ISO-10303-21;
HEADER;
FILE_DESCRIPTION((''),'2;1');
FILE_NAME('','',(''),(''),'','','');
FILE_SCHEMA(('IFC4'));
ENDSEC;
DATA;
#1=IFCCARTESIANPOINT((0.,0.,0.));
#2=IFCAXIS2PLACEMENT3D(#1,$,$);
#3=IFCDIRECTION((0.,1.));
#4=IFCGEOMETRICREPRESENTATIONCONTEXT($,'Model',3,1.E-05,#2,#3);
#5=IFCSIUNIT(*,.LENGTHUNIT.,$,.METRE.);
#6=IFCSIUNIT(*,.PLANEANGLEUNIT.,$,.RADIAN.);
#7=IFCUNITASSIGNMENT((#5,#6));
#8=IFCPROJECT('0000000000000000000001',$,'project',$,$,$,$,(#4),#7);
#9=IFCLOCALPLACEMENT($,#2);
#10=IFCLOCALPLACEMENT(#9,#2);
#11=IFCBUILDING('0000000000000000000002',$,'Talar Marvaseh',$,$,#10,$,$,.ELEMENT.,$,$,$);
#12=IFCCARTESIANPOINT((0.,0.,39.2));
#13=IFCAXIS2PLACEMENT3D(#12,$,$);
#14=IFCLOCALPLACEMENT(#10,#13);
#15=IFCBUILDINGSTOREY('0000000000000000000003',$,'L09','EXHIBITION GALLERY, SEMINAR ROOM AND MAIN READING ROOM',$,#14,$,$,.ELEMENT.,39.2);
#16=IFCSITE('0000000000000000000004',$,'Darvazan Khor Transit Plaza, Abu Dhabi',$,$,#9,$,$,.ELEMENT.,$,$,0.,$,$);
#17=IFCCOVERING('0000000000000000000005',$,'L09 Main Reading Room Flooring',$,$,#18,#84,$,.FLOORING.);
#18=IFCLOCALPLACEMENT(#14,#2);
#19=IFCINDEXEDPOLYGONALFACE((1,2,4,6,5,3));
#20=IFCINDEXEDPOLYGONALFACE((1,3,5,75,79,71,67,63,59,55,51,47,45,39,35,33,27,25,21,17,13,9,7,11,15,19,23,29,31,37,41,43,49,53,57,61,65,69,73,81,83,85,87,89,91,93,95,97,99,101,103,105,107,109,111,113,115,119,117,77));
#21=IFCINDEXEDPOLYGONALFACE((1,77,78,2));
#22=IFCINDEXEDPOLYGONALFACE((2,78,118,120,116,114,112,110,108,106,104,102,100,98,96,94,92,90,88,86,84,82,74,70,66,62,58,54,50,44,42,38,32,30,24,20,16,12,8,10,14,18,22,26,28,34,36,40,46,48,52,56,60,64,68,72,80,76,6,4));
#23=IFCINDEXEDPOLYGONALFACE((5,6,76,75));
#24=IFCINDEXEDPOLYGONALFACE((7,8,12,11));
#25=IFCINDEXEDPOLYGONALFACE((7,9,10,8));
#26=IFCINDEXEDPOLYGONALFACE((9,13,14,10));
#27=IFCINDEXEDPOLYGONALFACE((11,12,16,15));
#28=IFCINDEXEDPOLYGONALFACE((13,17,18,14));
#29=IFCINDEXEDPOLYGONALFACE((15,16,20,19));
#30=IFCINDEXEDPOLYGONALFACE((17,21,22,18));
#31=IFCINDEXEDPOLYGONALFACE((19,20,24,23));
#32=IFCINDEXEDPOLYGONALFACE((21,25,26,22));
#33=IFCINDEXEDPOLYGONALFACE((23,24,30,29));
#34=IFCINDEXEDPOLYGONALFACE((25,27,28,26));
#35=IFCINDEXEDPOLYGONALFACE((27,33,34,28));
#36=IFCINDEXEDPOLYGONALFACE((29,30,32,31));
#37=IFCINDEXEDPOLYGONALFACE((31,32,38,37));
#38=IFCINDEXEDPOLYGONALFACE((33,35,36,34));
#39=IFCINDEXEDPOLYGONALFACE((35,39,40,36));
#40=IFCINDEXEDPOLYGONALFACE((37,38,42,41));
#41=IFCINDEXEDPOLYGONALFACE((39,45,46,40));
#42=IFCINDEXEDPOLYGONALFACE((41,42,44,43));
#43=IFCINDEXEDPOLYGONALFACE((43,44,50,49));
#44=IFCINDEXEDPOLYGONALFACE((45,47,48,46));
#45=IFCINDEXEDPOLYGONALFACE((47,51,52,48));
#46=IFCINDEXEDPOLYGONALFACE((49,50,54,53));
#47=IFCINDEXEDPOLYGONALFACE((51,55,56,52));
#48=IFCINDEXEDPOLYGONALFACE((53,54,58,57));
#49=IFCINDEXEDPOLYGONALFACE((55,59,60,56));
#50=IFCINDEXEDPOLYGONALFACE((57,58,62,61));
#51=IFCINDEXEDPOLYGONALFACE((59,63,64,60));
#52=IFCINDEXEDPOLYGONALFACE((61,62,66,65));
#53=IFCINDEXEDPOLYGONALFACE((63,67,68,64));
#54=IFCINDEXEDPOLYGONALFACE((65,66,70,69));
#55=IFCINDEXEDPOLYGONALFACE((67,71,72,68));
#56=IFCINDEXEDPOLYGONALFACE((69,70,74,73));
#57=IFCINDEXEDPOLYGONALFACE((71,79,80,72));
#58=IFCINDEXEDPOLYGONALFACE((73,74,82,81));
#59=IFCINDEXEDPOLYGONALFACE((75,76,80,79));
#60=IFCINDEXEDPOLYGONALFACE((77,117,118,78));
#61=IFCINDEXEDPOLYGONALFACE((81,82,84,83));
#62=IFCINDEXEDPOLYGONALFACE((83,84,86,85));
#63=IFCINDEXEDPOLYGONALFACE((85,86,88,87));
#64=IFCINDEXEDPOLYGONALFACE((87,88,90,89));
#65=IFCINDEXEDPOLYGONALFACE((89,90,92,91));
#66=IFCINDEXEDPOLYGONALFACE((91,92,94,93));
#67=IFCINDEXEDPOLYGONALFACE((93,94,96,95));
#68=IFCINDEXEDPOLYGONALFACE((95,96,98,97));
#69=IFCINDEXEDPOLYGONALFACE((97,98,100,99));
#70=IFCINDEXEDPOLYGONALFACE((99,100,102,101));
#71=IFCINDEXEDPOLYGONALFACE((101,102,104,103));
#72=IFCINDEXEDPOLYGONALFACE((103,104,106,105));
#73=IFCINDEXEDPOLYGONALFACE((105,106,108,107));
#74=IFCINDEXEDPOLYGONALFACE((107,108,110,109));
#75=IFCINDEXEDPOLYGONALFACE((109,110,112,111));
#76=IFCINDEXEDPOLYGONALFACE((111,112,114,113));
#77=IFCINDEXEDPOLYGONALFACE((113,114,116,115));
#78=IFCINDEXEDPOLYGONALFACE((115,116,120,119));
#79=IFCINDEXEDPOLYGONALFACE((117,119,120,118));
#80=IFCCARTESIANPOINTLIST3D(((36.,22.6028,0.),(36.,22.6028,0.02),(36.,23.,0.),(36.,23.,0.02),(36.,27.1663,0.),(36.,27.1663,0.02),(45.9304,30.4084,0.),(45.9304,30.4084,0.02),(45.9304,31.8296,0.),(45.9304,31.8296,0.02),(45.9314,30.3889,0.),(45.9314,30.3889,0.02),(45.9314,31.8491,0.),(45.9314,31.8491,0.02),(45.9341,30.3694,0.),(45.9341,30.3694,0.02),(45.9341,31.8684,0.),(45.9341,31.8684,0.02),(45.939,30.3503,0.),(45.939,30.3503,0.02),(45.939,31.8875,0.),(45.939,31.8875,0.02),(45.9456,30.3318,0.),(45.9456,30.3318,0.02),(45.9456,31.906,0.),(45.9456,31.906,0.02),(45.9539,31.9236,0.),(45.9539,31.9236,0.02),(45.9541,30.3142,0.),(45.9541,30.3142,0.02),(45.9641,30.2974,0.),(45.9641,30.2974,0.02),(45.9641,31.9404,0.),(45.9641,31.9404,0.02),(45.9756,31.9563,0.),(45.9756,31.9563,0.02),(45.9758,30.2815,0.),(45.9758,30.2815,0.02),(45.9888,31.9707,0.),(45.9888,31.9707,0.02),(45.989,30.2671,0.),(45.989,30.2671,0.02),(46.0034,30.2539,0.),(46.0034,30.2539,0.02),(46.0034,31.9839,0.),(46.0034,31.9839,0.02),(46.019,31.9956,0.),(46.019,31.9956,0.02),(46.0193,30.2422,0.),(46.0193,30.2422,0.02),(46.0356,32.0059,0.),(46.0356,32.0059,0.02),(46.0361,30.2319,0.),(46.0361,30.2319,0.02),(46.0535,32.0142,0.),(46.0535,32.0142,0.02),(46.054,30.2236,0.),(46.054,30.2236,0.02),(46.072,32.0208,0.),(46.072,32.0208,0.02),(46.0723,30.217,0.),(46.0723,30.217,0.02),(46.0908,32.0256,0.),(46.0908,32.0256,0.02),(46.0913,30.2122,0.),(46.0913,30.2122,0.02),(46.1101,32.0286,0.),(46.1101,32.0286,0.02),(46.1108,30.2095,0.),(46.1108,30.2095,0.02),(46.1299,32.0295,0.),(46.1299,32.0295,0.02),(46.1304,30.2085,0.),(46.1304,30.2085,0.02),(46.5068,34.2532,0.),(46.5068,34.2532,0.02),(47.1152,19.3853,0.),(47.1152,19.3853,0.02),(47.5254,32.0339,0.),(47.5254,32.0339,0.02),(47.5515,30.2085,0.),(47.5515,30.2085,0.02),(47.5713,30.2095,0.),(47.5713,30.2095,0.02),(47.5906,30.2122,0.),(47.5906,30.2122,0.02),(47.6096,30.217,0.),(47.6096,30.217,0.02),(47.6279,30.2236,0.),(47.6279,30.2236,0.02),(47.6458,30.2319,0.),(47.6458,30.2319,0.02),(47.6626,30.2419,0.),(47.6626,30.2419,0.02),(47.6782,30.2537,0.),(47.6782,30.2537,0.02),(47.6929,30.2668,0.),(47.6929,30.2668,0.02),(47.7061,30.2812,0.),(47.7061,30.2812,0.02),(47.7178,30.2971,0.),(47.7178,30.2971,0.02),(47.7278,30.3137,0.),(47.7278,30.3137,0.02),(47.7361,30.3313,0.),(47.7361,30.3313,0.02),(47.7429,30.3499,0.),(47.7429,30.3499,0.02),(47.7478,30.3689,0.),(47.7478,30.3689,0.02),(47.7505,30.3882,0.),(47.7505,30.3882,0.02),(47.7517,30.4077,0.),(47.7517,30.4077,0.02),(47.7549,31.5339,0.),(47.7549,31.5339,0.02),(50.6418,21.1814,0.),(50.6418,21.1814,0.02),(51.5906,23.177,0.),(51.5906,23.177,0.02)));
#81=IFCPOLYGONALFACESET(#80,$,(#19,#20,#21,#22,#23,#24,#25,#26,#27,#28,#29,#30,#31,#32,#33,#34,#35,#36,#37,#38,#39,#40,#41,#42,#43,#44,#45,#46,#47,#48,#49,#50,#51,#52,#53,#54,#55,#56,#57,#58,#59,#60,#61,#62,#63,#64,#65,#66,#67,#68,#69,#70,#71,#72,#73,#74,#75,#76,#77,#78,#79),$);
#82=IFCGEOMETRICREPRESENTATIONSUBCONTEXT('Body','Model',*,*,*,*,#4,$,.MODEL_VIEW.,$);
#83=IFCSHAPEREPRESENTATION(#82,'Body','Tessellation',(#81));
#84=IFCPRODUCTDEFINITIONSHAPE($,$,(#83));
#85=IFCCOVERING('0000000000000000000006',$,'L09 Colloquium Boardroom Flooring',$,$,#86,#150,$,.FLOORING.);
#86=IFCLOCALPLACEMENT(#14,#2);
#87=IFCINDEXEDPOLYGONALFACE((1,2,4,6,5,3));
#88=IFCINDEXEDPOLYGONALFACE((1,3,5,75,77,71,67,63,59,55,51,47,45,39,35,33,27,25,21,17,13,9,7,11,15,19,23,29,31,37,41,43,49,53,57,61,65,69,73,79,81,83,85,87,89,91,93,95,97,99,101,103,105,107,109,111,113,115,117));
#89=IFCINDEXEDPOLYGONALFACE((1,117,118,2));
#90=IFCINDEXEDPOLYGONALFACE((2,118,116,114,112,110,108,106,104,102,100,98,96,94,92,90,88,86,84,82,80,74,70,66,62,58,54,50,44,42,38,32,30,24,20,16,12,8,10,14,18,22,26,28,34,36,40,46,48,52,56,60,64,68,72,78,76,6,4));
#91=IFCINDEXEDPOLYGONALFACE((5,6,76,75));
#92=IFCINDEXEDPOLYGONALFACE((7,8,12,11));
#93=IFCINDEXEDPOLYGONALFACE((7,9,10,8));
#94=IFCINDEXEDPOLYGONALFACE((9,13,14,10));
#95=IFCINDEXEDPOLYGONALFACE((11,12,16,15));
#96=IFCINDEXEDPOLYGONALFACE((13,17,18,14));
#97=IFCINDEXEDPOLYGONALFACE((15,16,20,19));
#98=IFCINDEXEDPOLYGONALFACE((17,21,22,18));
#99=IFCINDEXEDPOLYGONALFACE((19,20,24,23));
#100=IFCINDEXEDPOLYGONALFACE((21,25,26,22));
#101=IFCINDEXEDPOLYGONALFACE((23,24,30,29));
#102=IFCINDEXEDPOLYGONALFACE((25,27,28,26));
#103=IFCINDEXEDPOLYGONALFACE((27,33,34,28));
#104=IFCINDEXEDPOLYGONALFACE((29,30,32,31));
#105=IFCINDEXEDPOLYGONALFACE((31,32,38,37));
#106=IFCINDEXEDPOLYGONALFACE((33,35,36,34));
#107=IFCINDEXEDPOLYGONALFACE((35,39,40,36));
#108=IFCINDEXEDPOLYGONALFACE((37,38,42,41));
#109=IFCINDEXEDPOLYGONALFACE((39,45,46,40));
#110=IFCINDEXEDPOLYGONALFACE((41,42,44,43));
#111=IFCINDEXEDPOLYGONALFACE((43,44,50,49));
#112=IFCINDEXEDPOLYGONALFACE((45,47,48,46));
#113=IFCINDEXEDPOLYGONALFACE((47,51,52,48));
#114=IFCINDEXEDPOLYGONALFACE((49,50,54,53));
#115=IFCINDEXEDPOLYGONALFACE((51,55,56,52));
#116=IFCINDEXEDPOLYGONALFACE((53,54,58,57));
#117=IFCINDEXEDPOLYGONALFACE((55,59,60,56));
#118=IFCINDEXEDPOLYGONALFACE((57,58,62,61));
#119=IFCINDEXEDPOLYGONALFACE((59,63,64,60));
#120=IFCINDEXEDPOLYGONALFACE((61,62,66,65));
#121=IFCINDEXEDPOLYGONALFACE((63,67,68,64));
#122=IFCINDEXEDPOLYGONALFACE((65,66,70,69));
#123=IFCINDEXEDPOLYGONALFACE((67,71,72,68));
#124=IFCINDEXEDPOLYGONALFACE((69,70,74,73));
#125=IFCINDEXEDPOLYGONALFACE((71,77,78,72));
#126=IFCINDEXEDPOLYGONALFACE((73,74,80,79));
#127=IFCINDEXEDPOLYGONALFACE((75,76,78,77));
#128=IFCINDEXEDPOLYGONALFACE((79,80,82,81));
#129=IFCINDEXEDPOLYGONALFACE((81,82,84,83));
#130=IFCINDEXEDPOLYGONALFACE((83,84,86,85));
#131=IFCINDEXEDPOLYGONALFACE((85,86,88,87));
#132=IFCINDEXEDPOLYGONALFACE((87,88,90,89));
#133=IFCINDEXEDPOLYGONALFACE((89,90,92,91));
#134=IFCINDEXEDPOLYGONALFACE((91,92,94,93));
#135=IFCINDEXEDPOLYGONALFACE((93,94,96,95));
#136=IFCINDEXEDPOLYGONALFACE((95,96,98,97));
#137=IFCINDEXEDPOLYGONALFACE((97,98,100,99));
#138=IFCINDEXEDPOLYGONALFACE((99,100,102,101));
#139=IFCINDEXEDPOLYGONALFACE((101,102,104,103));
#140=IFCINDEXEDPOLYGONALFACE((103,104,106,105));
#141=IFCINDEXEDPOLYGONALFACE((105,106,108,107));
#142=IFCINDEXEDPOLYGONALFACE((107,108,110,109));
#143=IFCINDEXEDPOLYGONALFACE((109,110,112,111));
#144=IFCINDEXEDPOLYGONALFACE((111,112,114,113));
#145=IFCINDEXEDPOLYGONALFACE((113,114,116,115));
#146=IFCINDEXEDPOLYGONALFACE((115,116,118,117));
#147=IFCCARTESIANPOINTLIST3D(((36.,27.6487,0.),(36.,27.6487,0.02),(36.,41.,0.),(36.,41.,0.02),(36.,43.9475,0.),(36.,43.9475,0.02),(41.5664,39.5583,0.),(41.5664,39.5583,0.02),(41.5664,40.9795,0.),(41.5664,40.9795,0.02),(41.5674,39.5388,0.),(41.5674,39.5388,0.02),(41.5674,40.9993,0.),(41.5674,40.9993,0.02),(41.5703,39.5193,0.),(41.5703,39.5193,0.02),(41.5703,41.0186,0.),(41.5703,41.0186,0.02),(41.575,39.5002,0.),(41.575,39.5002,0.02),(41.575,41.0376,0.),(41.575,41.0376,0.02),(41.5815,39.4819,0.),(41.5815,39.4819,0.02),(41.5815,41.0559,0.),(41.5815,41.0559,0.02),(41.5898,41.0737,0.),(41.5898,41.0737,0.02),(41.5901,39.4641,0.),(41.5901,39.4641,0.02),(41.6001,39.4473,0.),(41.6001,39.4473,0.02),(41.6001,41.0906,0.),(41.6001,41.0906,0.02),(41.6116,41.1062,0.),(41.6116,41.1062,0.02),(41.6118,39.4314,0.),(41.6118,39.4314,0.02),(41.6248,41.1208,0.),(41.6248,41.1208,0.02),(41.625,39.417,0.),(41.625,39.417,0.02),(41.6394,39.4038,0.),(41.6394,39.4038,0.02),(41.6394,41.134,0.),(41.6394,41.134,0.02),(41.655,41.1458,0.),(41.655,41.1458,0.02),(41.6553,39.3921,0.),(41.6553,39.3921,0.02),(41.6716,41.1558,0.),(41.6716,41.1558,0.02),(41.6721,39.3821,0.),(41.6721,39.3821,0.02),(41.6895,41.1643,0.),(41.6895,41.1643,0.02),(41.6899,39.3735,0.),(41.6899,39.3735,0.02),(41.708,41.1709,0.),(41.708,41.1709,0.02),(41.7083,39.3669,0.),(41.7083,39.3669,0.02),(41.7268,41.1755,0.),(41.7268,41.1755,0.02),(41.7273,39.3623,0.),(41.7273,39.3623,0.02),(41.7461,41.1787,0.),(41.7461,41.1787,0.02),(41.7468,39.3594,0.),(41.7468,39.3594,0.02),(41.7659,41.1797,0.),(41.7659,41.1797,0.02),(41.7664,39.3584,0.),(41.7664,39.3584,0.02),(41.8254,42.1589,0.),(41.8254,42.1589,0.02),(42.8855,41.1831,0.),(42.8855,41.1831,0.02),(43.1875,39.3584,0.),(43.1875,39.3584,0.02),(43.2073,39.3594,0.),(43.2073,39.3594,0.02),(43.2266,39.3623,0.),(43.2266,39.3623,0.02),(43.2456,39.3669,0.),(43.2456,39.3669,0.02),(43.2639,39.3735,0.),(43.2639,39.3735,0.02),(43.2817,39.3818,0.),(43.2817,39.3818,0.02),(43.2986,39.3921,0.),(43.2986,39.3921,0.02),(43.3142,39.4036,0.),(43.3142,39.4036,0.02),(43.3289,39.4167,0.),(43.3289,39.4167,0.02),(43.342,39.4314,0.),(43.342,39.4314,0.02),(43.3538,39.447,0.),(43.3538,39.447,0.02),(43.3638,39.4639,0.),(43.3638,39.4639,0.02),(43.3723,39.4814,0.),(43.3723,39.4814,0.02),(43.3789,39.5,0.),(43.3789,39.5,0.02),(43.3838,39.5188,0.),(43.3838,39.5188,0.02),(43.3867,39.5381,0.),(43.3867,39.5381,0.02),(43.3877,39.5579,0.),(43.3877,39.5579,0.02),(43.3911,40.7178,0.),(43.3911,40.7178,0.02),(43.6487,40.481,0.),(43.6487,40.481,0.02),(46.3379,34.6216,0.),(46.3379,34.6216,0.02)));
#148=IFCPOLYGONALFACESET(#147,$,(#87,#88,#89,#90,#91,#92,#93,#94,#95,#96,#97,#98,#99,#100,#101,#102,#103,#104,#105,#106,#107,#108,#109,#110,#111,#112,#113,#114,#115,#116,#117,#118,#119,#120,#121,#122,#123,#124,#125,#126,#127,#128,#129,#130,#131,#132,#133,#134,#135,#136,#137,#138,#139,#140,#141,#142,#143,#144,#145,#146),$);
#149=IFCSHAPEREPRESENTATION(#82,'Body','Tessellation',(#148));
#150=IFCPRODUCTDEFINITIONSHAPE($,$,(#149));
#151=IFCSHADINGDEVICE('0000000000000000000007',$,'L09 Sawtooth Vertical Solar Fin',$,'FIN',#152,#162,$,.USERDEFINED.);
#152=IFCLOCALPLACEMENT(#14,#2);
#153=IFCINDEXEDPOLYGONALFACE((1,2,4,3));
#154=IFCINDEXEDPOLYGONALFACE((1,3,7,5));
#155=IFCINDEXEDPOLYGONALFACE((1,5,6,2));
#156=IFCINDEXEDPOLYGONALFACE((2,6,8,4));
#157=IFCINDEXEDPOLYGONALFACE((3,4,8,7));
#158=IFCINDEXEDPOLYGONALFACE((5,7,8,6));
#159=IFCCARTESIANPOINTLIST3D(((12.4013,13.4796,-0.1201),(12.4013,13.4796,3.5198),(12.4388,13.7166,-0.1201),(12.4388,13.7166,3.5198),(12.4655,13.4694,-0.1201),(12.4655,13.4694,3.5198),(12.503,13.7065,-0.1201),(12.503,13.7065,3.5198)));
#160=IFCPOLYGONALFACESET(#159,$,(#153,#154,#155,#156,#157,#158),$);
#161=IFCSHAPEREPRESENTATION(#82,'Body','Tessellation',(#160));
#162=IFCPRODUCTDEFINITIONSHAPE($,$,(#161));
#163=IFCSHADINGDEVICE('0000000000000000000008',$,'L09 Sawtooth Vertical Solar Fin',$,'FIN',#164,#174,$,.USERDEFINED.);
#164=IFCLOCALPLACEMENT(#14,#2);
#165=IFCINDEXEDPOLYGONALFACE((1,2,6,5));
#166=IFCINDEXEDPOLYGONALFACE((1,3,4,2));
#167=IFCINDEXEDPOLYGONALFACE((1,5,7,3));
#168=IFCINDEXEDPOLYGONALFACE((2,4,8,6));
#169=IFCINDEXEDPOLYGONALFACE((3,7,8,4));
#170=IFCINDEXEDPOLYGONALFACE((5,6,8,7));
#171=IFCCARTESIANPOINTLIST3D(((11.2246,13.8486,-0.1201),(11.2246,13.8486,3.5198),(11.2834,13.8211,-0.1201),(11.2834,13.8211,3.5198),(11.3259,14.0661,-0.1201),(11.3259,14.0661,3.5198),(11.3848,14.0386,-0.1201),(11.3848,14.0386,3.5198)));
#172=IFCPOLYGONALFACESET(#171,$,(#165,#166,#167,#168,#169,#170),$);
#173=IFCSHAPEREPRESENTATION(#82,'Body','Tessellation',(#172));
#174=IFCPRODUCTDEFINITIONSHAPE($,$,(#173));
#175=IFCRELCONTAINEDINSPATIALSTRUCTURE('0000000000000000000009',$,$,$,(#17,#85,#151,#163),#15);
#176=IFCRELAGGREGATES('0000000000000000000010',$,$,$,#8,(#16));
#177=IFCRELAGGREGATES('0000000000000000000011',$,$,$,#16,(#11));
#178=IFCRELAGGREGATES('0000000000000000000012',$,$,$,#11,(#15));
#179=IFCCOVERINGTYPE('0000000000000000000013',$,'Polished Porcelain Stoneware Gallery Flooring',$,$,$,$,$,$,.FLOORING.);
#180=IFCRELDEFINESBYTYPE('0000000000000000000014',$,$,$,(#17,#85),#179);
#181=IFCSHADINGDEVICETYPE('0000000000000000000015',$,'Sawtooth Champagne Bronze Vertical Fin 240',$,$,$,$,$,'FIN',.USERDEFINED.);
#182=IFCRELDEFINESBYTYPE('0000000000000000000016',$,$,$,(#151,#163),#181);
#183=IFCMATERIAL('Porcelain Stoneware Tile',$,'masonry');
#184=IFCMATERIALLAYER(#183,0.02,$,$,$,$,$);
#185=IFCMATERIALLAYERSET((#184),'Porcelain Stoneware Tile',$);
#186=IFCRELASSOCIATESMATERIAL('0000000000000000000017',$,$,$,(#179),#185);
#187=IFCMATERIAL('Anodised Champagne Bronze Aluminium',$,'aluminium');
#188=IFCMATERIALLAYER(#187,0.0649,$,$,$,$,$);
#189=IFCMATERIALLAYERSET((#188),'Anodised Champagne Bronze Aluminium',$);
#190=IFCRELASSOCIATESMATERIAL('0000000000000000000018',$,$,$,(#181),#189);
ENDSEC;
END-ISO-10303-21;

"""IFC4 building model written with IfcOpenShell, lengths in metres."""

from ifc_helpers import new_model, si_unit, direction, frame, origin, origin_2d, place, context, subcontext, project, spatial, polyline, rectangle, outline, extrude, source, transform, mapped, material, layer, layer_set, type_object, type_shapes, element, save


model = new_model("IFC4")

# Units and contexts
model_context = context("Model", 3, precision=1e-05, world=origin(), true_north=direction((0.0, 1.0)))
body_context = subcontext(model_context, "Body", "Model", "MODEL_VIEW")
ifc_project = project(units=[si_unit("LENGTHUNIT", "METRE"), si_unit("PLANEANGLEUNIT", "RADIAN")], contexts=[model_context])

# Site, building, storey
site_placement = place(None, origin())
site = spatial("IfcSite", under=ifc_project, at=site_placement, Name="Darvazan Khor Transit Plaza, Abu Dhabi", CompositionType="ELEMENT", RefElevation=0.0)
building_placement = place(site_placement, origin())
building = spatial("IfcBuilding", under=site, at=building_placement, Name="Talar Marvaseh", CompositionType="ELEMENT")
storey_placement = place(building_placement, frame((0.0, 0.0, 39.2)))
storey = spatial("IfcBuildingStorey", under=building, at=storey_placement, Name="L09", Description="EXHIBITION GALLERY, SEMINAR ROOM AND MAIN READING ROOM", CompositionType="ELEMENT", Elevation=39.2)

# Coverings
ifc_material_1 = material(Name="Porcelain Stoneware Tile", Category="masonry")
ifc_layer_1 = layer(ifc_material_1, 0.02)
ifc_layer_set_1 = layer_set([ifc_layer_1], Name="Porcelain Stoneware Tile")
covering_type_1 = type_object("IfcCoveringType", Name="Polished Porcelain Stoneware Gallery Flooring", PredefinedType="FLOORING", material=ifc_layer_set_1)
covering_1_placement = place(storey_placement, origin())
element("IfcCovering", 1, at=covering_1_placement, inside=storey, type_object=covering_type_1, Name="L09 Main Reading Room Flooring", PredefinedType="FLOORING", context=body_context, shape_type="SweptSolid", body=[
    extrude(outline(polyline([(46.1101, 32.0286), (46.0908, 32.0256), (46.072, 32.0208), (46.0535, 32.0142), (46.0356, 32.0059), (46.019, 31.9956), (46.0034, 31.9839), (45.9888, 31.9707), (45.9756, 31.9563), (45.9641, 31.9404), (45.9539, 31.9236), (45.9456, 31.906), (45.939, 31.8875), (45.9341, 31.8684), (45.9314, 31.8491), (45.9304, 31.8296), (45.9304, 30.4084), (45.9314, 30.3889), (45.9341, 30.3694), (45.939, 30.3503), (45.9456, 30.3318), (45.9541, 30.3142), (45.9641, 30.2974), (45.9758, 30.2815), (45.989, 30.2671), (46.0034, 30.2539), (46.0193, 30.2422), (46.0361, 30.2319), (46.054, 30.2236), (46.0723, 30.217), (46.0913, 30.2122), (46.1108, 30.2095), (46.1304, 30.2085), (47.5515, 30.2085), (47.5713, 30.2095), (47.5906, 30.2122), (47.6096, 30.217), (47.6279, 30.2236), (47.6458, 30.2319), (47.6626, 30.2419), (47.6782, 30.2537), (47.6929, 30.2668), (47.7061, 30.2812), (47.7178, 30.2971), (47.7278, 30.3137), (47.7361, 30.3313), (47.7429, 30.3499), (47.7478, 30.3689), (47.7505, 30.3882), (47.7517, 30.4077), (47.7549, 31.5339), (51.5906, 23.177), (50.6418, 21.1814), (47.1152, 19.3853), (36.0, 22.6028), (36.0, 23.0), (36.0, 27.1663), (46.5068, 34.2532), (47.5254, 32.0339), (46.1299, 32.0295), (46.1101, 32.0286)])), origin(), (0.0, 0.0, 1.0), 0.02),
])
covering_2_placement = place(storey_placement, origin())
element("IfcCovering", 2, at=covering_2_placement, inside=storey, type_object=covering_type_1, Name="L09 Colloquium Boardroom Flooring", PredefinedType="FLOORING", context=body_context, shape_type="SweptSolid", body=[
    extrude(outline(polyline([(42.8855, 41.1831), (41.7659, 41.1797), (41.7461, 41.1787), (41.7268, 41.1755), (41.708, 41.1709), (41.6895, 41.1643), (41.6716, 41.1558), (41.655, 41.1458), (41.6394, 41.134), (41.6248, 41.1208), (41.6116, 41.1062), (41.6001, 41.0906), (41.5898, 41.0737), (41.5815, 41.0559), (41.575, 41.0376), (41.5703, 41.0186), (41.5674, 40.9993), (41.5664, 40.9795), (41.5664, 39.5583), (41.5674, 39.5388), (41.5703, 39.5193), (41.575, 39.5002), (41.5815, 39.4819), (41.5901, 39.4641), (41.6001, 39.4473), (41.6118, 39.4314), (41.625, 39.417), (41.6394, 39.4038), (41.6553, 39.3921), (41.6721, 39.3821), (41.6899, 39.3735), (41.7083, 39.3669), (41.7273, 39.3623), (41.7468, 39.3594), (41.7664, 39.3584), (43.1875, 39.3584), (43.2073, 39.3594), (43.2266, 39.3623), (43.2456, 39.3669), (43.2639, 39.3735), (43.2817, 39.3818), (43.2986, 39.3921), (43.3142, 39.4036), (43.3289, 39.4167), (43.342, 39.4314), (43.3538, 39.447), (43.3638, 39.4639), (43.3723, 39.4814), (43.3789, 39.5), (43.3838, 39.5188), (43.3867, 39.5381), (43.3877, 39.5579), (43.3911, 40.7178), (43.6487, 40.481), (46.3379, 34.6216), (36.0, 27.6487), (36.0, 41.0), (36.0, 43.9475), (41.8254, 42.1589), (42.8855, 41.1831)])), origin(), (0.0, 0.0, 1.0), 0.02),
])

# Shading devices
ifc_material_2 = material(Name="Anodised Champagne Bronze Aluminium", Category="aluminium")
ifc_layer_2 = layer(ifc_material_2, 0.0649)
ifc_layer_set_2 = layer_set([ifc_layer_2], Name="Anodised Champagne Bronze Aluminium")
shading_device_type = type_object("IfcShadingDeviceType", Name="Sawtooth Champagne Bronze Vertical Fin 240", ElementType="FIN", PredefinedType="USERDEFINED", material=ifc_layer_set_2)
shared_shape_1 = source(origin(), body_context, "Body", "SweptSolid", [
    extrude(rectangle(XDim=0.24, YDim=0.0649, at=origin_2d()), origin(), (0.0, 0.0, 1.0), 3.6399),
])
type_shapes(shading_device_type, [shared_shape_1])
for number, where, z_axis, x_axis, name in (
    (3, (12.4521, 13.593, -0.1201), (0.0, 0.0, 1.0), (-0.156262, -0.987716, 0.0), "L09 Sawtooth Vertical Solar Fin"),
    (4, (11.3047, 13.9436, -0.1201), (0.0, 0.0, 1.0), (-0.42246, -0.906382, 0.0), "L09 Sawtooth Vertical Solar Fin"),
):
    element("IfcShadingDevice", number, at=place(storey_placement, frame(where, z_axis=z_axis, x_axis=x_axis)), inside=storey, type_object=shading_device_type, Name=name, ObjectType="FIN", PredefinedType="USERDEFINED", context=body_context, shape_type="MappedRepresentation", body=[
        mapped(shared_shape_1, transform((0.0, 0.0, 0.0), x_axis=(1.0, 0.0, 0.0), y_axis=(0.0, 1.0, 0.0), z_axis=(0.0, 0.0, 1.0), scale=1.0)),
    ])

save(model, "model.ifc")
